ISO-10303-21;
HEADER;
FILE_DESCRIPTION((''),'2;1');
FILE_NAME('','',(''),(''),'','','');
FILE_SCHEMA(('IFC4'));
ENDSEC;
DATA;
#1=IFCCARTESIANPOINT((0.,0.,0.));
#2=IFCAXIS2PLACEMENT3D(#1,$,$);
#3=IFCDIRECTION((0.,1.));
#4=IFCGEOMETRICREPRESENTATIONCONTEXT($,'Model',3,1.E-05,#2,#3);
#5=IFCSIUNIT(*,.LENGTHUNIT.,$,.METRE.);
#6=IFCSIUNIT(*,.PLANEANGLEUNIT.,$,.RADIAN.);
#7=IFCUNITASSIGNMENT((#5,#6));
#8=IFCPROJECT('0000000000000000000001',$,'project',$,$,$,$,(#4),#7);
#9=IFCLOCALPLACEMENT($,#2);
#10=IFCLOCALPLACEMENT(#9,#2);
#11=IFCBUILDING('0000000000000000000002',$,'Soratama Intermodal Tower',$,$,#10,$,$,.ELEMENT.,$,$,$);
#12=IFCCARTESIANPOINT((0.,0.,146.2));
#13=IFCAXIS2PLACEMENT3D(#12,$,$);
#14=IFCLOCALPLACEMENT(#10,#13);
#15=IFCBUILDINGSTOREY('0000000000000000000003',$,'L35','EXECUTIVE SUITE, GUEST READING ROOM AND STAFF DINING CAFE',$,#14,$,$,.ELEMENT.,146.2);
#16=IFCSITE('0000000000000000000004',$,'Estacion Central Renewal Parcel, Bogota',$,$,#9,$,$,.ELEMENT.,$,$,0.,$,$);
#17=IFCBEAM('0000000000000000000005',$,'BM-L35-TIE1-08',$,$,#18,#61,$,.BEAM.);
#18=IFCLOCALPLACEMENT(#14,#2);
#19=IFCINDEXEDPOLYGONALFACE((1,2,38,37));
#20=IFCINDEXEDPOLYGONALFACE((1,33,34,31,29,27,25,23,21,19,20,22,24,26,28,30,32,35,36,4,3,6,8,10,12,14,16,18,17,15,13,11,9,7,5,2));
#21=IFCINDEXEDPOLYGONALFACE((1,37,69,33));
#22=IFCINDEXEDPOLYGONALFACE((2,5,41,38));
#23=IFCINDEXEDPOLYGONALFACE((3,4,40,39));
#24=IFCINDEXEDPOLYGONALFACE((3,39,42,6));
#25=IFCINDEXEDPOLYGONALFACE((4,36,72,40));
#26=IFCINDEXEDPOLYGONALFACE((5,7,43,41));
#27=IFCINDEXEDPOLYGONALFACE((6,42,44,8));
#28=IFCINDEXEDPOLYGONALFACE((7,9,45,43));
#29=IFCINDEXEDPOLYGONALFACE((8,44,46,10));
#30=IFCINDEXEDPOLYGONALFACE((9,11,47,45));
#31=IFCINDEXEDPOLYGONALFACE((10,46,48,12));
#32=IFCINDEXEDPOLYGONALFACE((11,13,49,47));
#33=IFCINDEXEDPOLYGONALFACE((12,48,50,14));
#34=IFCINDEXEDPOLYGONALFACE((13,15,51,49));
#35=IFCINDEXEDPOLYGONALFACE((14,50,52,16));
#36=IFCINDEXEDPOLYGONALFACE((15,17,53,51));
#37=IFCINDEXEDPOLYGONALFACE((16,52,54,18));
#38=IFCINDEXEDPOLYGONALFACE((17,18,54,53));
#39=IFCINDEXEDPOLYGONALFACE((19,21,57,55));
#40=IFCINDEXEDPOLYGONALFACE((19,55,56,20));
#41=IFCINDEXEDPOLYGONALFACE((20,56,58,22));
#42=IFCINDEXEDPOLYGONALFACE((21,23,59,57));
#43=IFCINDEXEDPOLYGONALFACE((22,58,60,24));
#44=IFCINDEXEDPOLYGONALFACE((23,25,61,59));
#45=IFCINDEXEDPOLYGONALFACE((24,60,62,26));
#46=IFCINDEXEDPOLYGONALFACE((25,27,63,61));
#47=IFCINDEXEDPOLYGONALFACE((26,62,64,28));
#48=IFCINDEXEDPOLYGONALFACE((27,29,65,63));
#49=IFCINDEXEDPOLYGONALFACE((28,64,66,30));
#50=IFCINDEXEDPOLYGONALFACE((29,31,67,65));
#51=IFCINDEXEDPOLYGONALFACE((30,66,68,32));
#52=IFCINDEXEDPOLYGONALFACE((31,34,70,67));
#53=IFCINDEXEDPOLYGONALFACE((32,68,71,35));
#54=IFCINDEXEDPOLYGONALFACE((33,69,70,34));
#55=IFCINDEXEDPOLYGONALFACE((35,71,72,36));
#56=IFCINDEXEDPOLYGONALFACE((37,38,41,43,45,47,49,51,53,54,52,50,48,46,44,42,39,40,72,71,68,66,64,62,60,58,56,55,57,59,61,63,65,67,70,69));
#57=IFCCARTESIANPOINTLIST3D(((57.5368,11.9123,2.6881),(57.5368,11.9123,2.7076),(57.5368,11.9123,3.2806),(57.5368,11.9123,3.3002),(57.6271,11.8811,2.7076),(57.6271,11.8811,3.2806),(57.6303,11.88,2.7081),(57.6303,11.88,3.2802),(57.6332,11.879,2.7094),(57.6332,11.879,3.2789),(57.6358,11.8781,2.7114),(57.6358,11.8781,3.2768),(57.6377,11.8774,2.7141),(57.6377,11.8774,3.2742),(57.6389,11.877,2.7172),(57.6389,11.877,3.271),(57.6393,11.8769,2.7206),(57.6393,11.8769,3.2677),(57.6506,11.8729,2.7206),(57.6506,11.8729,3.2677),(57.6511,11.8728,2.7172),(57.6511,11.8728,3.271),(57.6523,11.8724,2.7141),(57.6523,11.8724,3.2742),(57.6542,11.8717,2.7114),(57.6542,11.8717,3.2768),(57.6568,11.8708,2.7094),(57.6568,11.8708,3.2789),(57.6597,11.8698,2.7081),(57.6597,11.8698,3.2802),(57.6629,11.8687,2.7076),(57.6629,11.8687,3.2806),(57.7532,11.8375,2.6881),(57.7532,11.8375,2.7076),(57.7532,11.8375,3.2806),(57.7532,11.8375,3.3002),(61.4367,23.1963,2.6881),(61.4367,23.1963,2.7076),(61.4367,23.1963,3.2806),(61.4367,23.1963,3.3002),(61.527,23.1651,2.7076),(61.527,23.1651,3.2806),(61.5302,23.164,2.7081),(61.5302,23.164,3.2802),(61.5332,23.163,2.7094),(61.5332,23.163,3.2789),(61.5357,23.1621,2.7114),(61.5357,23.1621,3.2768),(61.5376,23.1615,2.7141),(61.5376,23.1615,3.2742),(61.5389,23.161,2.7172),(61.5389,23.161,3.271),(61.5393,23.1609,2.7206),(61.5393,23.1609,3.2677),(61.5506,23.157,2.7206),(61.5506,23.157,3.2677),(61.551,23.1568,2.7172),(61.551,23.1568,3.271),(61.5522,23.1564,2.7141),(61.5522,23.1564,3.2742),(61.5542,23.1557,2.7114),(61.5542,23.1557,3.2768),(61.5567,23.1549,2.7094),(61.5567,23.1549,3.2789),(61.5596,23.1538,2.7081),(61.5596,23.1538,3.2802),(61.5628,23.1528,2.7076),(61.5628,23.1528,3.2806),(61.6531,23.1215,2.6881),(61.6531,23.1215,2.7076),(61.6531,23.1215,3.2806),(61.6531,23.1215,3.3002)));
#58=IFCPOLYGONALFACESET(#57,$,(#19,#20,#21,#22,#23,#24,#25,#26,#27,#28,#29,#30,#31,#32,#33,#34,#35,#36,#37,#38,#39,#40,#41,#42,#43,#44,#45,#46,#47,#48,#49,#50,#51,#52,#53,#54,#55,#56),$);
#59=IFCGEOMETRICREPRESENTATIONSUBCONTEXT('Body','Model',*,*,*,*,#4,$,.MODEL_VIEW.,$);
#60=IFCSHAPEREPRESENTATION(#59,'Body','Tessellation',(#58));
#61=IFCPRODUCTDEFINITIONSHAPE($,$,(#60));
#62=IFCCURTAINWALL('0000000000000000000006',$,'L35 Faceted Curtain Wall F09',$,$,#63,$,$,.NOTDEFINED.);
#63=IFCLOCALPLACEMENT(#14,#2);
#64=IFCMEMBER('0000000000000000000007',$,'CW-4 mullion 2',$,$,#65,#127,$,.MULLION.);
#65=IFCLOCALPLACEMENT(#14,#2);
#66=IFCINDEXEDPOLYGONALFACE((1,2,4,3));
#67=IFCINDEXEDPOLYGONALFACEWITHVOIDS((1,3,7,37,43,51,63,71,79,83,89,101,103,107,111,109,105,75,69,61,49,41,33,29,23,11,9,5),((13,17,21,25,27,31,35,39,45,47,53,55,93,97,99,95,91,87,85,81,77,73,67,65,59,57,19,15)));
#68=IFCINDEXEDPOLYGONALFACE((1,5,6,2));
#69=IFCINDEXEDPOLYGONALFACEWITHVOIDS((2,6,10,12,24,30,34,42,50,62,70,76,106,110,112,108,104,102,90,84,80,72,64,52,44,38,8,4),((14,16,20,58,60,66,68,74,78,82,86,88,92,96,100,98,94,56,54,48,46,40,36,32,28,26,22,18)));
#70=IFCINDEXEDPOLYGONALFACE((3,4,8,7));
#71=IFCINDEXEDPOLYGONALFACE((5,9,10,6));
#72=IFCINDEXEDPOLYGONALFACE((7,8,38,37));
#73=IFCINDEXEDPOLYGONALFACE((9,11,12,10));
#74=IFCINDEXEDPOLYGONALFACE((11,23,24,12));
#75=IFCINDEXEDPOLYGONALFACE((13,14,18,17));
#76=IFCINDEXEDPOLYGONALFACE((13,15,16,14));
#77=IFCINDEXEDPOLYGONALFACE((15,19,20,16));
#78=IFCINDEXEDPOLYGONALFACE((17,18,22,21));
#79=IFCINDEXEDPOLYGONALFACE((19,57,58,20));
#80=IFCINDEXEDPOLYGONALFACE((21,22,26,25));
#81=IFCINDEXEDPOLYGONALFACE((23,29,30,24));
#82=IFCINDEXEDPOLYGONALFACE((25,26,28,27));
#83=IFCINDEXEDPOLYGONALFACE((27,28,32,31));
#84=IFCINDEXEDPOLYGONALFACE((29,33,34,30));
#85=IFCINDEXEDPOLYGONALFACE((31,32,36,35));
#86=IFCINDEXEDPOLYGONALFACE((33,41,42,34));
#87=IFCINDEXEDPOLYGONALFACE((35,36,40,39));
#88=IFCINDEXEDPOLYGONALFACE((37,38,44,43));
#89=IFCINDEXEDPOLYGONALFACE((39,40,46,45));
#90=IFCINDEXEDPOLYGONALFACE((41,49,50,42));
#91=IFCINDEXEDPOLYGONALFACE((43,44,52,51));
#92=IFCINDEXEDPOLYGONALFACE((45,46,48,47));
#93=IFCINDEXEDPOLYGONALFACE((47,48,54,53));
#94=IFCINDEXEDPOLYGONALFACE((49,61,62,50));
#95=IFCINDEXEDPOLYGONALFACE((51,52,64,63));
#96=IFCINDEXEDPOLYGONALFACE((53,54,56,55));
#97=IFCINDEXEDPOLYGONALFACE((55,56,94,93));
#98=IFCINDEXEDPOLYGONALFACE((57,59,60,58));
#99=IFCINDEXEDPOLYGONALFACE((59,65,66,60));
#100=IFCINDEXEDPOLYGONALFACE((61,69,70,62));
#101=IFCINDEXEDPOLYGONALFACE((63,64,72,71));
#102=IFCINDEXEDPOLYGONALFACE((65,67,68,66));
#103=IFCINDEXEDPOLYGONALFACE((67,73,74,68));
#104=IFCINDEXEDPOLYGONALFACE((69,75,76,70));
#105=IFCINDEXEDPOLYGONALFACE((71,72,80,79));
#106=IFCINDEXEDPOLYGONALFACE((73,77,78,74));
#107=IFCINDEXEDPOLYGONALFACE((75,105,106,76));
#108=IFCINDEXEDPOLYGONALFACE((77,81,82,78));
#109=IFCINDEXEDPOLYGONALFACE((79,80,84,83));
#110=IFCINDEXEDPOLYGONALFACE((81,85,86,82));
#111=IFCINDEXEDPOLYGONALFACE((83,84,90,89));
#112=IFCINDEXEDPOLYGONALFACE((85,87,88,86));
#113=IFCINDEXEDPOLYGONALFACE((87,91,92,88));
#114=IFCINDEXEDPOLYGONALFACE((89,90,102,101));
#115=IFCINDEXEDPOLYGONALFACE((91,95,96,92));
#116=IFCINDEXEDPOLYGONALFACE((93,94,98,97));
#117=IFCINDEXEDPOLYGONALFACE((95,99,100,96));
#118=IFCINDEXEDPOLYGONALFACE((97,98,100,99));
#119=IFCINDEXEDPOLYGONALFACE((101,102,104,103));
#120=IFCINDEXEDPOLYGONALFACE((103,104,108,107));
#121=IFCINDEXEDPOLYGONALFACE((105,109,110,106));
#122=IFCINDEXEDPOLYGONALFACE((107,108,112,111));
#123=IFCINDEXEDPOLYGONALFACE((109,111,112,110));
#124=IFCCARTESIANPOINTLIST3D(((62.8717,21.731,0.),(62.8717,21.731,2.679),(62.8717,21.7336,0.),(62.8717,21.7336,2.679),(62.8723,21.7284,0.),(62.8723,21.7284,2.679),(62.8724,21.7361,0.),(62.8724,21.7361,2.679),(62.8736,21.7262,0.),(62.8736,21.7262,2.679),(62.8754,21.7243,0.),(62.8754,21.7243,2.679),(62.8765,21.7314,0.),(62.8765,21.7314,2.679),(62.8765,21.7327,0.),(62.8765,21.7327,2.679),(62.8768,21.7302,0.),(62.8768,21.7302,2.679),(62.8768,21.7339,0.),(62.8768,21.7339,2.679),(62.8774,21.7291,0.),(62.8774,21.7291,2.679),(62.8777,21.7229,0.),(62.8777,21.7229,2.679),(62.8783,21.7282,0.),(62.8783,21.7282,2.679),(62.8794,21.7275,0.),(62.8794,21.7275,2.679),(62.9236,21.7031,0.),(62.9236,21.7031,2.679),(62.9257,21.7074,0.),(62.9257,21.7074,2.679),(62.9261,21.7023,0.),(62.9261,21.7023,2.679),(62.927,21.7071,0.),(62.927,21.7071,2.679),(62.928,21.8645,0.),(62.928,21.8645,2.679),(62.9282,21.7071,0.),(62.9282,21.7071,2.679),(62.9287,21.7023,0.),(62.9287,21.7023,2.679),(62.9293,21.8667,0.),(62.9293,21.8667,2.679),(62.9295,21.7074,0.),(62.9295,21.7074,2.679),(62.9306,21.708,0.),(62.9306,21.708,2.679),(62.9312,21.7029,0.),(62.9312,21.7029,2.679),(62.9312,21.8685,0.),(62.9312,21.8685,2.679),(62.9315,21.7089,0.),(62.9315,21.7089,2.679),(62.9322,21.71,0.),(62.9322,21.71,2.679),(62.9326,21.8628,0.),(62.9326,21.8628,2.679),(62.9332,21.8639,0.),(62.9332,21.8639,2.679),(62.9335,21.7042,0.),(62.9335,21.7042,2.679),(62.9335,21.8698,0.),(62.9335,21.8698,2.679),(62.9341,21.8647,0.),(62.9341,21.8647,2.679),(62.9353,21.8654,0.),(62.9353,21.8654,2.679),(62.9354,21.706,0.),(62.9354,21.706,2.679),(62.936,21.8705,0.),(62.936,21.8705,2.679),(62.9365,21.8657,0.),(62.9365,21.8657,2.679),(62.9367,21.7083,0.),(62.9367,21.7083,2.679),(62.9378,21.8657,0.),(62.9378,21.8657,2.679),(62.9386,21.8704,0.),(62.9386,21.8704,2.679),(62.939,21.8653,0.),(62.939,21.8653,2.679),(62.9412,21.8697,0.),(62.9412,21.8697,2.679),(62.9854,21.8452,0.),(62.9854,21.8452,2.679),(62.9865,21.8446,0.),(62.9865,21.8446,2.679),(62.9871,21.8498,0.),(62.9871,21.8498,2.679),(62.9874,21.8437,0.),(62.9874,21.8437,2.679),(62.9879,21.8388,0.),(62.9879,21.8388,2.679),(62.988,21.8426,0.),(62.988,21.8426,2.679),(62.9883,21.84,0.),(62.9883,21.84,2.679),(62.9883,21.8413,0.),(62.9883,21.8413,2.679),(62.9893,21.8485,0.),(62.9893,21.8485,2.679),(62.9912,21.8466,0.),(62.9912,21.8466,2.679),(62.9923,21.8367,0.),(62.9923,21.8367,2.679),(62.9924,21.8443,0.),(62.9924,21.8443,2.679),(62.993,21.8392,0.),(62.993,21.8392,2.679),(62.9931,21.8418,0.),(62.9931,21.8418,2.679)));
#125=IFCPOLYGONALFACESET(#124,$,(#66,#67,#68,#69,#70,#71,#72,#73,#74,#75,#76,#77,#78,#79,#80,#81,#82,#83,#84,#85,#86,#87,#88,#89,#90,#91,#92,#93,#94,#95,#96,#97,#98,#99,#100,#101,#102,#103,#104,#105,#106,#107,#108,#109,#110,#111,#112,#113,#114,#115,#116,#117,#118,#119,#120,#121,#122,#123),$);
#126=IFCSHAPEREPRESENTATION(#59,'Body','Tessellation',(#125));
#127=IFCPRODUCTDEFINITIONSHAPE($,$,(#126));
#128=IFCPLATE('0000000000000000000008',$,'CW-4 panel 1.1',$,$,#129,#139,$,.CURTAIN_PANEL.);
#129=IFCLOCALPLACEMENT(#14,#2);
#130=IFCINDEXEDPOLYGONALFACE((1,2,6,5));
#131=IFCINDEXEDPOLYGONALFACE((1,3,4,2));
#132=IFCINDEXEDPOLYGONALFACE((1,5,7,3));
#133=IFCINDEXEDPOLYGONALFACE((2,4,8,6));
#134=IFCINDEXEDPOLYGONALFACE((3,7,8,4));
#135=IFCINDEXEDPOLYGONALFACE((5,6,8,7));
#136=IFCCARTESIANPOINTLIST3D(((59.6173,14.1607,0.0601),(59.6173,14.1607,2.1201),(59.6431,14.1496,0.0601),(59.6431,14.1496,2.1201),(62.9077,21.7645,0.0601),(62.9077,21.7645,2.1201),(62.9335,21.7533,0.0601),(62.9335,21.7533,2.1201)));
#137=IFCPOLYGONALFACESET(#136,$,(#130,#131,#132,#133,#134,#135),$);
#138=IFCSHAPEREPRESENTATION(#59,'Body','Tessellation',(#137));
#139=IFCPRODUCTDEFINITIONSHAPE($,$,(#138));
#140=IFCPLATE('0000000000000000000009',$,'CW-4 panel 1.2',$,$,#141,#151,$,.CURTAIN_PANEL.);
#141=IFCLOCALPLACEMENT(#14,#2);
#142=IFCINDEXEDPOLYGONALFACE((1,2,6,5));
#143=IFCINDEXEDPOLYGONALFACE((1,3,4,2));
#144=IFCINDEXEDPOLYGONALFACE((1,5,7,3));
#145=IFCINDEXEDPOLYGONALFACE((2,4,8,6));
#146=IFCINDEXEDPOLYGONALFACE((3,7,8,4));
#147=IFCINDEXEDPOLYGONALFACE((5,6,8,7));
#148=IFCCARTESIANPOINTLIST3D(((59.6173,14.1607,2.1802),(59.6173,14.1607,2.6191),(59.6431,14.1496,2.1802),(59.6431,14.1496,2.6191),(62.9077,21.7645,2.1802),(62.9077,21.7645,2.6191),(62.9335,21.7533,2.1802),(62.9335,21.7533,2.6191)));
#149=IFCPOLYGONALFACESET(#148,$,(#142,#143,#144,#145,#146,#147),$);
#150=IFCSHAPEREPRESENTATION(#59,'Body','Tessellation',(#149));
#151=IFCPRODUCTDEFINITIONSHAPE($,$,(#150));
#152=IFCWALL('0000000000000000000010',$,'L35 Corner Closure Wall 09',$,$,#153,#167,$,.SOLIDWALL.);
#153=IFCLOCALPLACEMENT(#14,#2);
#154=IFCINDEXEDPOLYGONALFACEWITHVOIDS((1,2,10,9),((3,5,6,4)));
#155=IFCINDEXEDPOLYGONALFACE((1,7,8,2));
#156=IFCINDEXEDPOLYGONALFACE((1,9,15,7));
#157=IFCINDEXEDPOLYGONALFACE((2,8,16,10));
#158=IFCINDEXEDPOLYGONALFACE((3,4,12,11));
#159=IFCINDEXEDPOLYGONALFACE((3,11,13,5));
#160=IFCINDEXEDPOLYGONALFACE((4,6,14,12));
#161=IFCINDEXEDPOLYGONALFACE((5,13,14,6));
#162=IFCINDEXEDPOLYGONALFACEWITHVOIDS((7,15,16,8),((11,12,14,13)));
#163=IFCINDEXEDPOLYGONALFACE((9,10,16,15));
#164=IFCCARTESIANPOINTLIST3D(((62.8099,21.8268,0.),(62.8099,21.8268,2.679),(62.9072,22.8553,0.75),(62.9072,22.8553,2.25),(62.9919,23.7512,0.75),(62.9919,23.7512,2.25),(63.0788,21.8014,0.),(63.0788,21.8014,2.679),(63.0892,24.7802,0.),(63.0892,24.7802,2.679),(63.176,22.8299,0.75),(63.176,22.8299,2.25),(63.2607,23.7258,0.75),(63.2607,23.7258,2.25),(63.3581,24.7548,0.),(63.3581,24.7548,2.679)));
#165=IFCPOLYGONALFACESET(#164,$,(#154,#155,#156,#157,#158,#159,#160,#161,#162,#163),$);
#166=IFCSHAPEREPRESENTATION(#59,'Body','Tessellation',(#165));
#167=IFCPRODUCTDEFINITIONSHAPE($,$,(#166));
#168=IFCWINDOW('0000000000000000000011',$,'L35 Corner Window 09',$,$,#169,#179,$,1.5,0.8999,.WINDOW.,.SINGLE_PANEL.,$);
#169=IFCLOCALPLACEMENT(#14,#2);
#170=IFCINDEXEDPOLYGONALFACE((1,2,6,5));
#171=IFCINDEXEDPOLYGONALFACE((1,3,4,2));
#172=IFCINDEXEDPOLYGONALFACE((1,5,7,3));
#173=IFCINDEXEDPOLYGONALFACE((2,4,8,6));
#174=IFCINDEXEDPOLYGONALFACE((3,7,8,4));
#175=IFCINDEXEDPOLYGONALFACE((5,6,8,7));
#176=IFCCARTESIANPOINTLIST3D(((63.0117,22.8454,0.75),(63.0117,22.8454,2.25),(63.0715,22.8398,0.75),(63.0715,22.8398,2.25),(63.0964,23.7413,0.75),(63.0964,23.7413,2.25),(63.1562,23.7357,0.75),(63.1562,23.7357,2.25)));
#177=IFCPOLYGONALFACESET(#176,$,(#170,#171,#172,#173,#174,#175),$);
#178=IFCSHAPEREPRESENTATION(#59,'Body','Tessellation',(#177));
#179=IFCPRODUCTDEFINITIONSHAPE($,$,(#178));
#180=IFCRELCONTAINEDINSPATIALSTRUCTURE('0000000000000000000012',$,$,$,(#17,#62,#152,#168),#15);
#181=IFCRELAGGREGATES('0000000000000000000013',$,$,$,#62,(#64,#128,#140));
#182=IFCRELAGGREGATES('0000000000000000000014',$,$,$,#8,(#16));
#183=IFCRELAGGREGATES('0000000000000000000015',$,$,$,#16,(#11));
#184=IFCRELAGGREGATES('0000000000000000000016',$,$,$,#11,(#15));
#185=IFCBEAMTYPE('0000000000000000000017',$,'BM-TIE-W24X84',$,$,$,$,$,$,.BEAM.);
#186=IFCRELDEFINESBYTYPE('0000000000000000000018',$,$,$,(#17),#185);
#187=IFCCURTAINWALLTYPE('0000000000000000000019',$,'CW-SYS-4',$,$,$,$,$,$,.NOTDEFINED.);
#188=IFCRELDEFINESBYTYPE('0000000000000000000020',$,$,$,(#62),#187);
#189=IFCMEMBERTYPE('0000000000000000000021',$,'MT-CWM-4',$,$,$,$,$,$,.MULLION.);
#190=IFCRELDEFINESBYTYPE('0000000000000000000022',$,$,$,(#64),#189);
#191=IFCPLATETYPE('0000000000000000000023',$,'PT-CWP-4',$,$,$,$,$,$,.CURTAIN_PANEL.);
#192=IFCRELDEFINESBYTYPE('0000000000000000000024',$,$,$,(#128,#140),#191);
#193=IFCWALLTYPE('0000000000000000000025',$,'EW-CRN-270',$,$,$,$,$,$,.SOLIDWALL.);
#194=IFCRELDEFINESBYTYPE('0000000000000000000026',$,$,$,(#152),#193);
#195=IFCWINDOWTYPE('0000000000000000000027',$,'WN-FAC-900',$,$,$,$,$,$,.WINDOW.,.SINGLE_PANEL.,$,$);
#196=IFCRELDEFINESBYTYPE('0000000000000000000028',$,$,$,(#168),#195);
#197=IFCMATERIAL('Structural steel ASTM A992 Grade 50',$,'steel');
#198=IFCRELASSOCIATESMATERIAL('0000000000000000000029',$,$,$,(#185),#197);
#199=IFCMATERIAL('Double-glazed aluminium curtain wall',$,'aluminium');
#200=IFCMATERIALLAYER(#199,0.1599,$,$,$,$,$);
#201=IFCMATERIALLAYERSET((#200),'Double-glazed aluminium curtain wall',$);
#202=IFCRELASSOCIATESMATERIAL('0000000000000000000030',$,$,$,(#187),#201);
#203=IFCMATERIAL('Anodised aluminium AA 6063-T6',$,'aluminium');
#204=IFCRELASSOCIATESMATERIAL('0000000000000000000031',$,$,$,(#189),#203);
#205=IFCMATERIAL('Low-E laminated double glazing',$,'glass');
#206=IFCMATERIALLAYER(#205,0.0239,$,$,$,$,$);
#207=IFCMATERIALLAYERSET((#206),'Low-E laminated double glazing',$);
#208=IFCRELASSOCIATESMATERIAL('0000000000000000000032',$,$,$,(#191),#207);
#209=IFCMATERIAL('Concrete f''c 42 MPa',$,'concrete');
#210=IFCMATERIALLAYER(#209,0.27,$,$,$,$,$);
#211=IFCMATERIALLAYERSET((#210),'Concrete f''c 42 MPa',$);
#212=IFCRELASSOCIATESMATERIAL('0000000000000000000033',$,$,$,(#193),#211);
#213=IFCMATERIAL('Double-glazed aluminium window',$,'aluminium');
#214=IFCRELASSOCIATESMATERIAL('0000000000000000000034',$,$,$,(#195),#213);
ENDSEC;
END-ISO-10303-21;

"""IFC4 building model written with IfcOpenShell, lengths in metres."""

from ifc_helpers import new_model, si_unit, direction, frame, frame_2d, origin, origin_2d, place, context, subcontext, project, spatial, rectangle, hollow_rectangle, i_section, extrude, material, layer, layer_set, material_profile, profile_set, type_object, element, fill, aggregate, save


model = new_model("IFC4")

# Units and contexts
model_context = context("Model", 3, precision=1e-05, world=origin(), true_north=direction((0.0, 1.0)))
body_context = subcontext(model_context, "Body", "Model", "MODEL_VIEW")
ifc_project = project(units=[si_unit("LENGTHUNIT", "METRE"), si_unit("PLANEANGLEUNIT", "RADIAN")], contexts=[model_context])

# Site, building, storey
site_placement = place(None, origin())
site = spatial("IfcSite", under=ifc_project, at=site_placement, Name="Estacion Central Renewal Parcel, Bogota", CompositionType="ELEMENT", RefElevation=0.0)
building_placement = place(site_placement, origin())
building = spatial("IfcBuilding", under=site, at=building_placement, Name="Soratama Intermodal Tower", CompositionType="ELEMENT")
storey_placement = place(building_placement, frame((0.0, 0.0, 146.2)))
storey = spatial("IfcBuildingStorey", under=building, at=storey_placement, Name="L35", Description="EXECUTIVE SUITE, GUEST READING ROOM AND STAFF DINING CAFE", CompositionType="ELEMENT", Elevation=146.2)

# Beam
ifc_material_1 = material(Name="Structural steel ASTM A992 Grade 50", Category="steel")
ifc_material_profile_1 = material_profile(ifc_material_1, i_section(OverallWidth=0.229, OverallDepth=0.6121, WebThickness=0.012, FlangeThickness=0.0195, FilletRadius=0.0129, at=origin_2d()), Name="W24X84")
ifc_profile_set_1 = profile_set([ifc_material_profile_1], Name="Structural steel ASTM A992 Grade 50")
beam_type_1 = type_object("IfcBeamType", Name="BM-TIE-W24X84", PredefinedType="BEAM", material=ifc_profile_set_1)
beam_1_placement = place(storey_placement, frame((61.5449, 23.1589, 2.9941), z_axis=(-0.326656, -0.945143, 0.0), x_axis=(0.945143, -0.326656, 0.0)))
element("IfcBeam", 1, at=beam_1_placement, inside=storey, type_object=beam_type_1, Name="BM-L35-TIE1-08", PredefinedType="BEAM", context=body_context, shape_type="SweptSolid", body=[
    extrude(i_section(OverallWidth=0.229, OverallDepth=0.6121, WebThickness=0.012, FlangeThickness=0.0195, FilletRadius=0.0129, at=origin_2d()), origin(), (0.0, 0.0, 1.0), 11.939),
])

# Curtain wall, member, plates
ifc_material_2 = material(Name="Double-glazed aluminium curtain wall", Category="aluminium")
ifc_layer_1 = layer(ifc_material_2, 0.1599)
ifc_layer_set_1 = layer_set([ifc_layer_1], Name="Double-glazed aluminium curtain wall")
curtain_wall_type = type_object("IfcCurtainWallType", Name="CW-SYS-4", PredefinedType="NOTDEFINED", material=ifc_layer_set_1)
curtain_wall_placement = place(storey_placement, origin())
curtain_wall = element("IfcCurtainWall", 2, at=curtain_wall_placement, inside=storey, type_object=curtain_wall_type, Name="L35 Faceted Curtain Wall F09", PredefinedType="NOTDEFINED")
ifc_material_3 = material(Name="Anodised aluminium AA 6063-T6", Category="aluminium")
ifc_material_profile_2 = material_profile(ifc_material_3, hollow_rectangle(XDim=0.0701, YDim=0.1599, WallThickness=0.0049, InnerFilletRadius=0.0049, OuterFilletRadius=0.01, at=origin_2d()), Name="CWM160X70X5")
ifc_profile_set_2 = profile_set([ifc_material_profile_2], Name="Anodised aluminium AA 6063-T6")
member_type = type_object("IfcMemberType", Name="MT-CWM-4", PredefinedType="MULLION", material=ifc_profile_set_2)
member_placement = place(storey_placement, frame((62.9324, 21.7864, 0.0), z_axis=(0.0, 0.0, 1.0), x_axis=(-0.917757, 0.397142, 0.0)))
member = element("IfcMember", 3, at=member_placement, type_object=member_type, Name="CW-4 mullion 2", PredefinedType="MULLION", context=body_context, shape_type="SweptSolid", body=[
    extrude(hollow_rectangle(XDim=0.0701, YDim=0.1599, WallThickness=0.0049, InnerFilletRadius=0.0049, OuterFilletRadius=0.01, at=origin_2d()), origin(), (0.0, 0.0, 1.0), 2.679),
])
ifc_material_4 = material(Name="Low-E laminated double glazing", Category="glass")
ifc_layer_2 = layer(ifc_material_4, 0.0239)
ifc_layer_set_2 = layer_set([ifc_layer_2], Name="Low-E laminated double glazing")
plate_type = type_object("IfcPlateType", Name="PT-CWP-4", PredefinedType="CURTAIN_PANEL", material=ifc_layer_set_2)
plate_1_placement = place(storey_placement, frame((61.2754, 17.957, 0.0601), z_axis=(0.0, 0.0, 1.0), x_axis=(0.397142, 0.917757, 0.0)))
plate_1 = element("IfcPlate", 4, at=plate_1_placement, type_object=plate_type, Name="CW-4 panel 1.1", PredefinedType="CURTAIN_PANEL", context=body_context, shape_type="SweptSolid", body=[
    extrude(rectangle(XDim=8.2852, YDim=0.0281, at=origin_2d()), origin(), (0.0, 0.0, 1.0), 2.0601),
])
plate_2_placement = place(storey_placement, frame((61.2754, 17.957, 2.1802), z_axis=(0.0, 0.0, 1.0), x_axis=(0.397142, 0.917757, 0.0)))
plate_2 = element("IfcPlate", 5, at=plate_2_placement, type_object=plate_type, Name="CW-4 panel 1.2", PredefinedType="CURTAIN_PANEL", context=body_context, shape_type="SweptSolid", body=[
    extrude(rectangle(XDim=8.2852, YDim=0.0281, at=origin_2d()), origin(), (0.0, 0.0, 1.0), 0.439),
])
aggregate(curtain_wall, [member, plate_1, plate_2])

# Wall, opening, window
ifc_material_5 = material(Name="Concrete f'c 42 MPa", Category="concrete")
ifc_layer_3 = layer(ifc_material_5, 0.27)
ifc_layer_set_3 = layer_set([ifc_layer_3], Name="Concrete f'c 42 MPa")
wall_type_1 = type_object("IfcWallType", Name="EW-CRN-270", PredefinedType="SOLIDWALL", material=ifc_layer_set_3)
wall_1_placement = place(storey_placement, frame((62.9443, 21.814, 0.0), z_axis=(0.0, 0.0, 1.0), x_axis=(0.094149, 0.995558, 0.0)))
wall_1 = element("IfcWall", 6, at=wall_1_placement, inside=storey, type_object=wall_type_1, Name="L35 Corner Closure Wall 09", PredefinedType="SOLIDWALL", context=body_context, shape_type="SweptSolid", body=[
    extrude(rectangle(XDim=2.9666, YDim=0.27, at=frame_2d((1.4834, 0.0))), origin(), (0.0, 0.0, 1.0), 2.679),
])
opening_1_placement = place(wall_1_placement, frame((1.0332, 0.0, 0.75)))
opening_1 = element("IfcOpeningElement", 7, at=opening_1_placement, cuts=wall_1, PredefinedType="OPENING", context=body_context, shape_type="SweptSolid", body=[
    extrude(rectangle(XDim=0.8999, YDim=1.5, at=frame_2d((0.45, 0.75))), frame((0.0, 0.145, 0.0), z_axis=(0.0, -1.0, 0.0), x_axis=(1.0, 0.0, 0.0)), (0.0, 0.0, 1.0), 0.29),
])
ifc_material_6 = material(Name="Double-glazed aluminium window", Category="aluminium")
window_type = type_object("IfcWindowType", Name="WN-FAC-900", PartitioningType="SINGLE_PANEL", PredefinedType="WINDOW", material=ifc_material_6)
window_placement = place(opening_1_placement, origin())
window = element("IfcWindow", 8, at=window_placement, inside=storey, type_object=window_type, Name="L35 Corner Window 09", OverallHeight=1.5, OverallWidth=0.8999, PartitioningType="SINGLE_PANEL", PredefinedType="WINDOW", context=body_context, shape_type="SweptSolid", body=[
    extrude(rectangle(XDim=0.8999, YDim=1.5, at=frame_2d((0.45, 0.75))), frame((0.0, 0.03, 0.0), z_axis=(0.0, -1.0, 0.0), x_axis=(1.0, 0.0, 0.0)), (0.0, 0.0, 1.0), 0.0601),
])
fill(opening_1, window)

save(model, "model.ifc")
